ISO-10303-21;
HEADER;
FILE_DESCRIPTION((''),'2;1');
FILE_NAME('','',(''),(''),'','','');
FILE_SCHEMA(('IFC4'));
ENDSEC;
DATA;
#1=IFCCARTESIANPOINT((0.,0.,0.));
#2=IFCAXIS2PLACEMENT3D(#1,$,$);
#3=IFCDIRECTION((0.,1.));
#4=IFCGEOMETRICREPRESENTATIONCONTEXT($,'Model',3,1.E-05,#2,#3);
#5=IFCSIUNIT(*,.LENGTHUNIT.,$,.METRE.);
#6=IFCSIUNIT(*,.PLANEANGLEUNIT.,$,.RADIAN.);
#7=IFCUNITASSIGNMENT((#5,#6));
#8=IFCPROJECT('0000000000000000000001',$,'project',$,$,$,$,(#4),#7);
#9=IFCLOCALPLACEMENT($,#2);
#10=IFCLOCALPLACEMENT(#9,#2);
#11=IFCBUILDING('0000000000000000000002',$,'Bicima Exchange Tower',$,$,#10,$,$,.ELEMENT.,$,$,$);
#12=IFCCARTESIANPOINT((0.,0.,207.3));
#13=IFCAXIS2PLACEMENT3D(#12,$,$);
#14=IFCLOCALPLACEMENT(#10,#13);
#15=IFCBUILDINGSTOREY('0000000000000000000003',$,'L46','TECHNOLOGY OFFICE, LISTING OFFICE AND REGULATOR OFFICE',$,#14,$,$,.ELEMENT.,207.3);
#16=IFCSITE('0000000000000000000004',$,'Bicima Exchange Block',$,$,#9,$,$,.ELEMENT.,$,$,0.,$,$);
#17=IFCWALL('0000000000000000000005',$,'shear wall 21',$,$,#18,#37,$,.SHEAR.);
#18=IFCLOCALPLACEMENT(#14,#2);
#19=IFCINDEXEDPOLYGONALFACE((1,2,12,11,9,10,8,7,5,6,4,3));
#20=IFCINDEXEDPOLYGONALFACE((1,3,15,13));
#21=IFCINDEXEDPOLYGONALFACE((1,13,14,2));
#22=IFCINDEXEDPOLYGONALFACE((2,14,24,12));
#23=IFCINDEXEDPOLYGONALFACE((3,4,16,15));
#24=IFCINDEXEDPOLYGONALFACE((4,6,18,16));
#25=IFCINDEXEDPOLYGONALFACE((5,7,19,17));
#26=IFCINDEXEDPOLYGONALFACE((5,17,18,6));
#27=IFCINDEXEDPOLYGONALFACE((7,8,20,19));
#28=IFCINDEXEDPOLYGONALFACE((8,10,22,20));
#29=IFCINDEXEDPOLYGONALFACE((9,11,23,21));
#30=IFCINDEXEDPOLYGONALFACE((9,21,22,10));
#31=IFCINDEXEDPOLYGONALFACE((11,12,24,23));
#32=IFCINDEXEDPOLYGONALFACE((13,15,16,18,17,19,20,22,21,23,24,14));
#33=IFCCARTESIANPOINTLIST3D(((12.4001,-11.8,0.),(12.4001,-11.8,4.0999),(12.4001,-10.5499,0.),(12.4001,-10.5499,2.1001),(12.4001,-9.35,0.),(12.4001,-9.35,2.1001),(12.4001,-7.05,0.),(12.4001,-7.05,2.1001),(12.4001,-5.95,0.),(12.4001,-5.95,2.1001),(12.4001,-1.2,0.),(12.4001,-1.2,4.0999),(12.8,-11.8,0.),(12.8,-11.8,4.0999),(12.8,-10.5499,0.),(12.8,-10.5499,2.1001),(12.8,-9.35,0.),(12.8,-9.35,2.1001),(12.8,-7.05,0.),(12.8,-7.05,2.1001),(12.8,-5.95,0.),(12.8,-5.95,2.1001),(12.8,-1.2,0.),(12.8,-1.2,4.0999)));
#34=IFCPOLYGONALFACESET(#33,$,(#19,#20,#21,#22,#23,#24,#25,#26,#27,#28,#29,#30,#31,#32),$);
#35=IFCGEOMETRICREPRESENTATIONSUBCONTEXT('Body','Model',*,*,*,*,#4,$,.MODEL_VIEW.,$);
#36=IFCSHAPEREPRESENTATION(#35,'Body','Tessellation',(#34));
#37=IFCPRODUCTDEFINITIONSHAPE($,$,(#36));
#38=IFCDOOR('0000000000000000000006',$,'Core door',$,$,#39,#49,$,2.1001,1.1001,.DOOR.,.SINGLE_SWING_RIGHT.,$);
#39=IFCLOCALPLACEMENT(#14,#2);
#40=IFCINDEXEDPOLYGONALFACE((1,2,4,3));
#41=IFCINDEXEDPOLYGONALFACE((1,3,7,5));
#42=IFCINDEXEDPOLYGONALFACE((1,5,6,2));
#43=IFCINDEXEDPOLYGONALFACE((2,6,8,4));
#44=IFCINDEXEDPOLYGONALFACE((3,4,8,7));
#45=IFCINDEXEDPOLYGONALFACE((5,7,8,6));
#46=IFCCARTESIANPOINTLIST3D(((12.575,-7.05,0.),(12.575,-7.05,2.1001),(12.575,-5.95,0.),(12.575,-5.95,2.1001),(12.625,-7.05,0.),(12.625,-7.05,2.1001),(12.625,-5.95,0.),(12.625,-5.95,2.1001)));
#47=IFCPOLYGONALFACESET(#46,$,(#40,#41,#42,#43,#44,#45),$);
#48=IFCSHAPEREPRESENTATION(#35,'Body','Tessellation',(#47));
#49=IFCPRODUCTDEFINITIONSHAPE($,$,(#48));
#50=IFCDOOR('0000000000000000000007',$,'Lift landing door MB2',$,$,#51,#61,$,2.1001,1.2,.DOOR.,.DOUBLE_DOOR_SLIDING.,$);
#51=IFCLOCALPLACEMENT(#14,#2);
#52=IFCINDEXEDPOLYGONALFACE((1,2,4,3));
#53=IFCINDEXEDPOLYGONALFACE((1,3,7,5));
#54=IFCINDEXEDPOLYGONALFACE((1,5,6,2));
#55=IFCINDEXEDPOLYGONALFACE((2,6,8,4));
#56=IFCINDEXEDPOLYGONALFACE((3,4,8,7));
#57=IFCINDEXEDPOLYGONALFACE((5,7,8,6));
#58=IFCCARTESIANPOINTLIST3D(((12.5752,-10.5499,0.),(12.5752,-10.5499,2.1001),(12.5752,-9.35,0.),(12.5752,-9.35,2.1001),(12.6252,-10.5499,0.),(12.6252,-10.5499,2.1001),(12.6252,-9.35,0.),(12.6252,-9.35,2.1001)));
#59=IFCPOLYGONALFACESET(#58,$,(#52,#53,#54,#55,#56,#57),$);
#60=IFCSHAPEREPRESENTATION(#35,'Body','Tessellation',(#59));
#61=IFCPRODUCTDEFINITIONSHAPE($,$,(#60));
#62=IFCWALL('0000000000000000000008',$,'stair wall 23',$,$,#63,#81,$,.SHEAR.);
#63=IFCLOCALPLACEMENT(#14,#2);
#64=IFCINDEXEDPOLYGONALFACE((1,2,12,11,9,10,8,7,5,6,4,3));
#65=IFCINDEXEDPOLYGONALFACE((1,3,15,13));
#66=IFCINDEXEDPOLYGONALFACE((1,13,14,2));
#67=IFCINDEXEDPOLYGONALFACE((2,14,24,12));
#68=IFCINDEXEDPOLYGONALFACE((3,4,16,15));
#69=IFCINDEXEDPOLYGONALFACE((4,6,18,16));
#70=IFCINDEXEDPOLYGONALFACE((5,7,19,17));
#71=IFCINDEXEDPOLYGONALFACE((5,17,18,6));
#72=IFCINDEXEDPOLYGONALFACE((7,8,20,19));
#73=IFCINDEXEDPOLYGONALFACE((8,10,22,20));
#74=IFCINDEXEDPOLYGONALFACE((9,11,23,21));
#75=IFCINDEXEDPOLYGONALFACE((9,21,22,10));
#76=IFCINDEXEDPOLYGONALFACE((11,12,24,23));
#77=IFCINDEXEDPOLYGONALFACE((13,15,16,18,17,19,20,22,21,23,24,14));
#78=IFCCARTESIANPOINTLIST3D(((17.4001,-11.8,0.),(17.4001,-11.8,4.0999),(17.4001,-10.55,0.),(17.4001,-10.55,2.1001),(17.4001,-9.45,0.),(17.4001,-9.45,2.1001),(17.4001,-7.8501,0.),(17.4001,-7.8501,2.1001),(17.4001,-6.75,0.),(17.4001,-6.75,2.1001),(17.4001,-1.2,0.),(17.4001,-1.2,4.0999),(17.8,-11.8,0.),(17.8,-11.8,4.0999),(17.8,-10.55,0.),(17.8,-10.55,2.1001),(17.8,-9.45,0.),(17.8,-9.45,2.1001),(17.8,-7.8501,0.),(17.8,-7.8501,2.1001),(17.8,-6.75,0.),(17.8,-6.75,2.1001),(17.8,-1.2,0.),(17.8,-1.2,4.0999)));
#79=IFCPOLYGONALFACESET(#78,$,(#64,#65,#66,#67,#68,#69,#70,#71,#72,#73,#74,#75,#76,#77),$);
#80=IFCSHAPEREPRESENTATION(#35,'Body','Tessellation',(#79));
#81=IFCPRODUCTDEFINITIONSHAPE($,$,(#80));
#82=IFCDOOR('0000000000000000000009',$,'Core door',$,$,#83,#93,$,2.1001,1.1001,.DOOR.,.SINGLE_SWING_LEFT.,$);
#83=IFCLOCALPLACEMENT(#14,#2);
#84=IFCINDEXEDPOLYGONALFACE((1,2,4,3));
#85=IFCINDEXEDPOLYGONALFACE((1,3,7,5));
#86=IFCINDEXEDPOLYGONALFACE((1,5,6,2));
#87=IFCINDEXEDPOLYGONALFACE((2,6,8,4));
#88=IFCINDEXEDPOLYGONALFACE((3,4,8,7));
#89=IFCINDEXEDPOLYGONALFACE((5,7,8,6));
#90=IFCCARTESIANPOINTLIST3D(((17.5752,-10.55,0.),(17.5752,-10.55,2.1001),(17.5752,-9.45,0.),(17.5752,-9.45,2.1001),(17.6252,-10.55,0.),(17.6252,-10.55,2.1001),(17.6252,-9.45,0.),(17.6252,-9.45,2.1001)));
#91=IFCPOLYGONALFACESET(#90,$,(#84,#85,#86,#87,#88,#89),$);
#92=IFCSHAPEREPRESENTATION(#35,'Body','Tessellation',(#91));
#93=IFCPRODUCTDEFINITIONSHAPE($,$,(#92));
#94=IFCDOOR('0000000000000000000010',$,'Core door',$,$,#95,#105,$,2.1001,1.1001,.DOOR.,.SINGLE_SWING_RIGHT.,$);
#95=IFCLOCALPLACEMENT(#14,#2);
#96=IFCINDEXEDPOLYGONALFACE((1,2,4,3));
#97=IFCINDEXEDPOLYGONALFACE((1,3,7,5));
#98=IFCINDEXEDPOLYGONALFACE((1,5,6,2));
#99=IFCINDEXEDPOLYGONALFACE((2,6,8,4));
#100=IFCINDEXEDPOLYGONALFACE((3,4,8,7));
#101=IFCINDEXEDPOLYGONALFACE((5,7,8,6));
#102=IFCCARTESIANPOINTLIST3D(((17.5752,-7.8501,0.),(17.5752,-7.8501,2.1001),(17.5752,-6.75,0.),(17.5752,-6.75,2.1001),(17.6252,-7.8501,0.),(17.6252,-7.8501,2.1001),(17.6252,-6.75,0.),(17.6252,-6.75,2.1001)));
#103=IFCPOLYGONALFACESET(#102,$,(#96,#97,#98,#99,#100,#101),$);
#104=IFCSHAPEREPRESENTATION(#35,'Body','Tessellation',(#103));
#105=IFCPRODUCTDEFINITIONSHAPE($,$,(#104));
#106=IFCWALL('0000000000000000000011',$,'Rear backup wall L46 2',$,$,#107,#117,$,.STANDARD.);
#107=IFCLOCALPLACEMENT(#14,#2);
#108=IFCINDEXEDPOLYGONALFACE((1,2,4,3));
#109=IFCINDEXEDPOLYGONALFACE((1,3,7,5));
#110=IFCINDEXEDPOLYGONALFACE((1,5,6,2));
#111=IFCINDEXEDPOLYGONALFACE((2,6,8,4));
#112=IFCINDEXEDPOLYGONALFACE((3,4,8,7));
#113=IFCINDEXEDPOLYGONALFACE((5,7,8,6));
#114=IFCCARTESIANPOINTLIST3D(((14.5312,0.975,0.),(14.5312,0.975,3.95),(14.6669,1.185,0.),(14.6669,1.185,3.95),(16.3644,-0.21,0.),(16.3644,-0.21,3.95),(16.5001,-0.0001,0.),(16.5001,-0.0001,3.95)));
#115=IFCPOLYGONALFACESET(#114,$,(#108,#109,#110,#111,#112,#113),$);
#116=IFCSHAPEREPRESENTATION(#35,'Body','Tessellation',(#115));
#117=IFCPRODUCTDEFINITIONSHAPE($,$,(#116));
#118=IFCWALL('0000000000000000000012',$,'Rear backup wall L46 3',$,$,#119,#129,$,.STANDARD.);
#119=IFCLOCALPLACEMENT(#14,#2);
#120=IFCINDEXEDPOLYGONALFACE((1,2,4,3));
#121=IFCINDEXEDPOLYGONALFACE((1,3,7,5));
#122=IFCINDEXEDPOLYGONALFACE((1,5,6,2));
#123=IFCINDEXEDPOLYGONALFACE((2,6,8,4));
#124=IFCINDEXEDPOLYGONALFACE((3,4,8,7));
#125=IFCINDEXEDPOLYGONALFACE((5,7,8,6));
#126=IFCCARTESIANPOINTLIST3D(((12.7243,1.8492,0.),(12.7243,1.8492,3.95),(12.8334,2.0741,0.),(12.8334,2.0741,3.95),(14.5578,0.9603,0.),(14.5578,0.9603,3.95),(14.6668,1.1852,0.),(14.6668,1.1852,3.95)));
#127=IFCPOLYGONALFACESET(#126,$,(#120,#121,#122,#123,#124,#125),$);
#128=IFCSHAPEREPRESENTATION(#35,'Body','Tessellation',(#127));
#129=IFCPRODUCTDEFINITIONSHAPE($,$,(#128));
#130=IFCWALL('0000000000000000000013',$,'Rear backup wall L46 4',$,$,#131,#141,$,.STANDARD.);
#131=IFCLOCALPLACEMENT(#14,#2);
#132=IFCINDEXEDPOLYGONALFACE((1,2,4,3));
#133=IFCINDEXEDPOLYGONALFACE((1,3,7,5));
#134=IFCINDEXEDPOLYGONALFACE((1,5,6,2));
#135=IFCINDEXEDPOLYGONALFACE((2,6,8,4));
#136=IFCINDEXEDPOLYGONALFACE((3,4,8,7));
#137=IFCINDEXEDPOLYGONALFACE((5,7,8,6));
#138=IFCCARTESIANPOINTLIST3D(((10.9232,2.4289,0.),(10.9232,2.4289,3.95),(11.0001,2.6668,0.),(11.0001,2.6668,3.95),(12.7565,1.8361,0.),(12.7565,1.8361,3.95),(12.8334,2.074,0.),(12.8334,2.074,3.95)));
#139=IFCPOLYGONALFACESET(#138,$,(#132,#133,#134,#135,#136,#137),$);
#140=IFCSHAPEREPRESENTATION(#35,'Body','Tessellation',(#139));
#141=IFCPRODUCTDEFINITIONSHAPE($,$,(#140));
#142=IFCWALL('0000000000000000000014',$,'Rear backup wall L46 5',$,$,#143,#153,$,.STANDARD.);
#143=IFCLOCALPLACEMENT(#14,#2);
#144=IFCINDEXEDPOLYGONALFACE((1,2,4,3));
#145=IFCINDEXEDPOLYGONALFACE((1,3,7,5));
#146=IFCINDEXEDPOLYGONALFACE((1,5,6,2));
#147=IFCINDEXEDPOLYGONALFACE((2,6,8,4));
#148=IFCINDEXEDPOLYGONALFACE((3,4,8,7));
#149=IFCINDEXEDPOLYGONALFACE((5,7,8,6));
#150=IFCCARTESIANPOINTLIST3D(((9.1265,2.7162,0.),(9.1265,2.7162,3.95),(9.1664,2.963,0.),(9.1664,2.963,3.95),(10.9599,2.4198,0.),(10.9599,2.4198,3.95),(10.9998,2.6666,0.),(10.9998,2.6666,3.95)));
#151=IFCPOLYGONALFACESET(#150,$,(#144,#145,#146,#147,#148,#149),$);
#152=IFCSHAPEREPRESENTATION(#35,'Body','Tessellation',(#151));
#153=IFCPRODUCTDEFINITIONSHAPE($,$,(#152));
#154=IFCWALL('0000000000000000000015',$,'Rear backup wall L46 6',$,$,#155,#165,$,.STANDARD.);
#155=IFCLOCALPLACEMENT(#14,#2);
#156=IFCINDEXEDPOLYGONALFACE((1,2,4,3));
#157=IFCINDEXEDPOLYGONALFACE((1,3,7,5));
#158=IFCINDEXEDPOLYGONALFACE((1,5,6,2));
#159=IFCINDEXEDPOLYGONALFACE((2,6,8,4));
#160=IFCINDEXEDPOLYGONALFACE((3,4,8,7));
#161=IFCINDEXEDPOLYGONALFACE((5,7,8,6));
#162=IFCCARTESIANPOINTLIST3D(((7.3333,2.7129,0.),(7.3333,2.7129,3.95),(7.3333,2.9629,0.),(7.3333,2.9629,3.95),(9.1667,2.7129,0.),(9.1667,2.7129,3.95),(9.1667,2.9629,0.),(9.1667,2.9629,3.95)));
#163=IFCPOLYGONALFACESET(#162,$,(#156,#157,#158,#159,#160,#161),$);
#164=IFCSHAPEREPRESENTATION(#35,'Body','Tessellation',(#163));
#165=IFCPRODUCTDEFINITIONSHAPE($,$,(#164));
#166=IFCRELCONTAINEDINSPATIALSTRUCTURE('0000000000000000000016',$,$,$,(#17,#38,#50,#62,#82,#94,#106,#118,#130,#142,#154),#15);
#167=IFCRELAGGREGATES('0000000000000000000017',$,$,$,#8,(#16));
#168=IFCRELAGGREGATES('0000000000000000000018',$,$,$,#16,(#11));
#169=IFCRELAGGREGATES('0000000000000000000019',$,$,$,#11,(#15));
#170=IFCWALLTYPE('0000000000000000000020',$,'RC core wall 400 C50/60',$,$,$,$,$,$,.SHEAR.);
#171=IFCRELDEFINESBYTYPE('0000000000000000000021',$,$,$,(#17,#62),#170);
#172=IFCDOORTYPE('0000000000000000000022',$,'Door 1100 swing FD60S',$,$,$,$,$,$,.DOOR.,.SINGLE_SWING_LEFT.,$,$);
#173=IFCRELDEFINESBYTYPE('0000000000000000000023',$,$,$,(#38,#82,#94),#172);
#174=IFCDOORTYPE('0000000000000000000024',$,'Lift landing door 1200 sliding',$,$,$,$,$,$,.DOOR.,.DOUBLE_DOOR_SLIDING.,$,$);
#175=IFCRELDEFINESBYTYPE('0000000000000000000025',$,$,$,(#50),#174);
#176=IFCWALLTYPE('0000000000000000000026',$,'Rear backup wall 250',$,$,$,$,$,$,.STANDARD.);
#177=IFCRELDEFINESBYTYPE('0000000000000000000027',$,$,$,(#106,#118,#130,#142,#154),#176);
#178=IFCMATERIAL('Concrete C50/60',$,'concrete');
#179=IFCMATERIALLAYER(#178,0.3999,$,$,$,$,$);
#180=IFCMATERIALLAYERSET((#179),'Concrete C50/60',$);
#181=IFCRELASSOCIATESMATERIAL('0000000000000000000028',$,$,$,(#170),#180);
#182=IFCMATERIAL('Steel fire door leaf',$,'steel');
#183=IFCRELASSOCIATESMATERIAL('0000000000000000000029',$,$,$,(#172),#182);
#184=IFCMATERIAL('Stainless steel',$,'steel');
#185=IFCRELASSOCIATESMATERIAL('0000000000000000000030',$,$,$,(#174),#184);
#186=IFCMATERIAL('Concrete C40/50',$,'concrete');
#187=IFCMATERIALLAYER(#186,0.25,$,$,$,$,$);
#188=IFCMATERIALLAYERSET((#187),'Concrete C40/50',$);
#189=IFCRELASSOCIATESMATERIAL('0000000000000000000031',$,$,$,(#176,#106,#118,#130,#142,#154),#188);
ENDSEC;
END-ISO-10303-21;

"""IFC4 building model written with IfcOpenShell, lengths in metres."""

from ifc_helpers import new_model, si_unit, direction, frame, frame_2d, origin, place, context, subcontext, project, spatial, rectangle, extrude, material, layer, layer_set, layer_usage, type_object, element, fill, save


model = new_model("IFC4")

# Units and contexts
model_context = context("Model", 3, precision=1e-05, world=origin(), true_north=direction((0.0, 1.0)))
body_context = subcontext(model_context, "Body", "Model", "MODEL_VIEW")
ifc_project = project(units=[si_unit("LENGTHUNIT", "METRE"), si_unit("PLANEANGLEUNIT", "RADIAN")], contexts=[model_context])

# Site, building, storey
site_placement = place(None, origin())
site = spatial("IfcSite", under=ifc_project, at=site_placement, Name="Bicima Exchange Block", CompositionType="ELEMENT", RefElevation=0.0)
building_placement = place(site_placement, origin())
building = spatial("IfcBuilding", under=site, at=building_placement, Name="Bicima Exchange Tower", CompositionType="ELEMENT")
storey_placement = place(building_placement, frame((0.0, 0.0, 207.3)))
storey = spatial("IfcBuildingStorey", under=building, at=storey_placement, Name="L46", Description="TECHNOLOGY OFFICE, LISTING OFFICE AND REGULATOR OFFICE", CompositionType="ELEMENT", Elevation=207.3)

# Shared definitions
ifc_material_1 = material(Name="Concrete C50/60", Category="concrete")
ifc_layer_1 = layer(ifc_material_1, 0.3999)
ifc_layer_set_1 = layer_set([ifc_layer_1], Name="Concrete C50/60")
wall_type_1 = type_object("IfcWallType", Name="RC core wall 400 C50/60", PredefinedType="SHEAR", material=ifc_layer_set_1)
ifc_material_2 = material(Name="Steel fire door leaf", Category="steel")

# Walls, openings, doors
wall_1_placement = place(storey_placement, frame((12.6001, -11.8, 0.0), z_axis=(0.0, 0.0, 1.0), x_axis=(0.0, 1.0, 0.0)))
wall_1 = element("IfcWall", 1, at=wall_1_placement, inside=storey, type_object=wall_type_1, Name="shear wall 21", PredefinedType="SHEAR", context=body_context, shape_type="SweptSolid", body=[
    extrude(rectangle(XDim=10.6001, YDim=0.3999, at=frame_2d((5.3, 0.0))), origin(), (0.0, 0.0, 1.0), 4.0999),
])
opening_1_placement = place(wall_1_placement, frame((1.25, 0.0, 0.0)))
opening_1 = element("IfcOpeningElement", 2, at=opening_1_placement, cuts=wall_1, PredefinedType="OPENING", context=body_context, shape_type="SweptSolid", body=[
    extrude(rectangle(XDim=1.2, YDim=2.1001, at=frame_2d((0.6001, 1.05))), frame((0.0, 0.2119, 0.0), z_axis=(0.0, -1.0, 0.0), x_axis=(1.0, 0.0, 0.0)), (0.0, 0.0, 1.0), 0.4238),
])
opening_2_placement = place(wall_1_placement, frame((4.75, 0.0, 0.0)))
opening_2 = element("IfcOpeningElement", 3, at=opening_2_placement, cuts=wall_1, PredefinedType="OPENING", context=body_context, shape_type="SweptSolid", body=[
    extrude(rectangle(XDim=1.1001, YDim=2.1001, at=frame_2d((0.55, 1.05))), frame((0.0, 0.2119, 0.0), z_axis=(0.0, -1.0, 0.0), x_axis=(1.0, 0.0, 0.0)), (0.0, 0.0, 1.0), 0.4238),
])
door_type_1 = type_object("IfcDoorType", Name="Door 1100 swing FD60S", OperationType="SINGLE_SWING_LEFT", PredefinedType="DOOR", material=ifc_material_2)
door_1_placement = place(opening_2_placement, frame((1.1001, 0.0, 0.0), z_axis=(0.0, 0.0, 1.0), x_axis=(-1.0, 0.0, 0.0)))
door_1 = element("IfcDoor", 4, at=door_1_placement, inside=storey, type_object=door_type_1, Name="Core door", OperationType="SINGLE_SWING_RIGHT", OverallHeight=2.1001, OverallWidth=1.1001, PredefinedType="DOOR", context=body_context, shape_type="SweptSolid", body=[
    extrude(rectangle(XDim=1.1001, YDim=2.1001, at=frame_2d((0.55, 1.05))), frame((0.0, 0.0249, 0.0), z_axis=(0.0, -1.0, 0.0), x_axis=(1.0, 0.0, 0.0)), (0.0, 0.0, 1.0), 0.05),
])
fill(opening_2, door_1)
ifc_material_3 = material(Name="Stainless steel", Category="steel")
door_type_2 = type_object("IfcDoorType", Name="Lift landing door 1200 sliding", OperationType="DOUBLE_DOOR_SLIDING", PredefinedType="DOOR", material=ifc_material_3)
door_2_placement = place(opening_1_placement, origin())
door_2 = element("IfcDoor", 5, at=door_2_placement, inside=storey, type_object=door_type_2, Name="Lift landing door MB2", OperationType="DOUBLE_DOOR_SLIDING", OverallHeight=2.1001, OverallWidth=1.2, PredefinedType="DOOR", context=body_context, shape_type="SweptSolid", body=[
    extrude(rectangle(XDim=1.2, YDim=2.1001, at=frame_2d((0.6001, 1.05))), frame((0.0, 0.0249, 0.0), z_axis=(0.0, -1.0, 0.0), x_axis=(1.0, 0.0, 0.0)), (0.0, 0.0, 1.0), 0.05),
])
fill(opening_1, door_2)
wall_2_placement = place(storey_placement, frame((17.6001, -11.8, 0.0), z_axis=(0.0, 0.0, 1.0), x_axis=(0.0, 1.0, 0.0)))
wall_2 = element("IfcWall", 6, at=wall_2_placement, inside=storey, type_object=wall_type_1, Name="stair wall 23", PredefinedType="SHEAR", context=body_context, shape_type="SweptSolid", body=[
    extrude(rectangle(XDim=10.6001, YDim=0.3999, at=frame_2d((5.3, 0.0))), origin(), (0.0, 0.0, 1.0), 4.0999),
])
opening_3_placement = place(wall_2_placement, frame((1.25, 0.0, 0.0)))
opening_3 = element("IfcOpeningElement", 7, at=opening_3_placement, cuts=wall_2, PredefinedType="OPENING", context=body_context, shape_type="SweptSolid", body=[
    extrude(rectangle(XDim=1.1001, YDim=2.1001, at=frame_2d((0.55, 1.05))), frame((0.0, 0.2119, 0.0), z_axis=(0.0, -1.0, 0.0), x_axis=(1.0, 0.0, 0.0)), (0.0, 0.0, 1.0), 0.4238),
])
opening_4_placement = place(wall_2_placement, frame((3.95, 0.0, 0.0)))
opening_4 = element("IfcOpeningElement", 8, at=opening_4_placement, cuts=wall_2, PredefinedType="OPENING", context=body_context, shape_type="SweptSolid", body=[
    extrude(rectangle(XDim=1.1001, YDim=2.1001, at=frame_2d((0.55, 1.05))), frame((0.0, 0.2119, 0.0), z_axis=(0.0, -1.0, 0.0), x_axis=(1.0, 0.0, 0.0)), (0.0, 0.0, 1.0), 0.4238),
])
door_3_placement = place(opening_3_placement, origin())
door_3 = element("IfcDoor", 9, at=door_3_placement, inside=storey, type_object=door_type_1, Name="Core door", OperationType="SINGLE_SWING_LEFT", OverallHeight=2.1001, OverallWidth=1.1001, PredefinedType="DOOR", context=body_context, shape_type="SweptSolid", body=[
    extrude(rectangle(XDim=1.1001, YDim=2.1001, at=frame_2d((0.55, 1.05))), frame((0.0, 0.0249, 0.0), z_axis=(0.0, -1.0, 0.0), x_axis=(1.0, 0.0, 0.0)), (0.0, 0.0, 1.0), 0.05),
])
fill(opening_3, door_3)
door_4_placement = place(opening_4_placement, origin())
door_4 = element("IfcDoor", 10, at=door_4_placement, inside=storey, type_object=door_type_1, Name="Core door", OperationType="SINGLE_SWING_RIGHT", OverallHeight=2.1001, OverallWidth=1.1001, PredefinedType="DOOR", context=body_context, shape_type="SweptSolid", body=[
    extrude(rectangle(XDim=1.1001, YDim=2.1001, at=frame_2d((0.55, 1.05))), frame((0.0, 0.0249, 0.0), z_axis=(0.0, -1.0, 0.0), x_axis=(1.0, 0.0, 0.0)), (0.0, 0.0, 1.0), 0.05),
])
fill(opening_4, door_4)

# Walls
ifc_material_4 = material(Name="Concrete C40/50", Category="concrete")
ifc_layer_2 = layer(ifc_material_4, 0.25)
ifc_layer_set_2 = layer_set([ifc_layer_2], Name="Concrete C40/50")
ifc_layer_usage = layer_usage(ifc_layer_set_2, "AXIS2", "POSITIVE", -0.125)
wall_type_2 = type_object("IfcWallType", Name="Rear backup wall 250", PredefinedType="STANDARD", material=ifc_layer_set_2)
wall_3_placement = place(storey_placement, frame((16.4321, -0.105, 0.0), z_axis=(0.0, 0.0, 1.0), x_axis=(-0.839813, 0.542876, 0.0)))
element("IfcWall", 11, at=wall_3_placement, inside=storey, type_object=wall_type_2, material=ifc_layer_usage, Name="Rear backup wall L46 2", PredefinedType="STANDARD", context=body_context, shape_type="SweptSolid", body=[
    extrude(rectangle(XDim=2.1829, YDim=0.25, at=frame_2d((1.0913, 0.0))), origin(), (0.0, 0.0, 1.0), 3.95),
])
wall_4_placement = place(storey_placement, frame((14.6123, 1.0728, 0.0), z_axis=(0.0, 0.0, 1.0), x_axis=(-0.899824, 0.436253, 0.0)))
element("IfcWall", 12, at=wall_4_placement, inside=storey, type_object=wall_type_2, material=ifc_layer_usage, Name="Rear backup wall L46 3", PredefinedType="STANDARD", context=body_context, shape_type="SweptSolid", body=[
    extrude(rectangle(XDim=2.0376, YDim=0.25, at=frame_2d((1.0188, 0.0))), origin(), (0.0, 0.0, 1.0), 3.95),
])
wall_5_placement = place(storey_placement, frame((12.7949, 1.9551, 0.0), z_axis=(0.0, 0.0, 1.0), x_axis=(-0.951496, 0.307662, 0.0)))
element("IfcWall", 13, at=wall_5_placement, inside=storey, type_object=wall_type_2, material=ifc_layer_usage, Name="Rear backup wall L46 4", PredefinedType="STANDARD", context=body_context, shape_type="SweptSolid", body=[
    extrude(rectangle(XDim=1.9268, YDim=0.25, at=frame_2d((0.9634, 0.0))), origin(), (0.0, 0.0, 1.0), 3.95),
])
wall_6_placement = place(storey_placement, frame((10.98, 2.5432, 0.0), z_axis=(0.0, 0.0, 1.0), x_axis=(-0.987182, 0.1596, 0.0)))
element("IfcWall", 14, at=wall_6_placement, inside=storey, type_object=wall_type_2, material=ifc_layer_usage, Name="Rear backup wall L46 5", PredefinedType="STANDARD", context=body_context, shape_type="SweptSolid", body=[
    extrude(rectangle(XDim=1.8572, YDim=0.25, at=frame_2d((0.9287, 0.0))), origin(), (0.0, 0.0, 1.0), 3.95),
])
wall_7_placement = place(storey_placement, frame((9.1667, 2.8379, 0.0), z_axis=(0.0, 0.0, 1.0), x_axis=(-1.0, 0.0, 0.0)))
element("IfcWall", 15, at=wall_7_placement, inside=storey, type_object=wall_type_2, material=ifc_layer_usage, Name="Rear backup wall L46 6", PredefinedType="STANDARD", context=body_context, shape_type="SweptSolid", body=[
    extrude(rectangle(XDim=1.8335, YDim=0.25, at=frame_2d((0.9167, 0.0))), origin(), (0.0, 0.0, 1.0), 3.95),
])

save(model, "model.ifc")
